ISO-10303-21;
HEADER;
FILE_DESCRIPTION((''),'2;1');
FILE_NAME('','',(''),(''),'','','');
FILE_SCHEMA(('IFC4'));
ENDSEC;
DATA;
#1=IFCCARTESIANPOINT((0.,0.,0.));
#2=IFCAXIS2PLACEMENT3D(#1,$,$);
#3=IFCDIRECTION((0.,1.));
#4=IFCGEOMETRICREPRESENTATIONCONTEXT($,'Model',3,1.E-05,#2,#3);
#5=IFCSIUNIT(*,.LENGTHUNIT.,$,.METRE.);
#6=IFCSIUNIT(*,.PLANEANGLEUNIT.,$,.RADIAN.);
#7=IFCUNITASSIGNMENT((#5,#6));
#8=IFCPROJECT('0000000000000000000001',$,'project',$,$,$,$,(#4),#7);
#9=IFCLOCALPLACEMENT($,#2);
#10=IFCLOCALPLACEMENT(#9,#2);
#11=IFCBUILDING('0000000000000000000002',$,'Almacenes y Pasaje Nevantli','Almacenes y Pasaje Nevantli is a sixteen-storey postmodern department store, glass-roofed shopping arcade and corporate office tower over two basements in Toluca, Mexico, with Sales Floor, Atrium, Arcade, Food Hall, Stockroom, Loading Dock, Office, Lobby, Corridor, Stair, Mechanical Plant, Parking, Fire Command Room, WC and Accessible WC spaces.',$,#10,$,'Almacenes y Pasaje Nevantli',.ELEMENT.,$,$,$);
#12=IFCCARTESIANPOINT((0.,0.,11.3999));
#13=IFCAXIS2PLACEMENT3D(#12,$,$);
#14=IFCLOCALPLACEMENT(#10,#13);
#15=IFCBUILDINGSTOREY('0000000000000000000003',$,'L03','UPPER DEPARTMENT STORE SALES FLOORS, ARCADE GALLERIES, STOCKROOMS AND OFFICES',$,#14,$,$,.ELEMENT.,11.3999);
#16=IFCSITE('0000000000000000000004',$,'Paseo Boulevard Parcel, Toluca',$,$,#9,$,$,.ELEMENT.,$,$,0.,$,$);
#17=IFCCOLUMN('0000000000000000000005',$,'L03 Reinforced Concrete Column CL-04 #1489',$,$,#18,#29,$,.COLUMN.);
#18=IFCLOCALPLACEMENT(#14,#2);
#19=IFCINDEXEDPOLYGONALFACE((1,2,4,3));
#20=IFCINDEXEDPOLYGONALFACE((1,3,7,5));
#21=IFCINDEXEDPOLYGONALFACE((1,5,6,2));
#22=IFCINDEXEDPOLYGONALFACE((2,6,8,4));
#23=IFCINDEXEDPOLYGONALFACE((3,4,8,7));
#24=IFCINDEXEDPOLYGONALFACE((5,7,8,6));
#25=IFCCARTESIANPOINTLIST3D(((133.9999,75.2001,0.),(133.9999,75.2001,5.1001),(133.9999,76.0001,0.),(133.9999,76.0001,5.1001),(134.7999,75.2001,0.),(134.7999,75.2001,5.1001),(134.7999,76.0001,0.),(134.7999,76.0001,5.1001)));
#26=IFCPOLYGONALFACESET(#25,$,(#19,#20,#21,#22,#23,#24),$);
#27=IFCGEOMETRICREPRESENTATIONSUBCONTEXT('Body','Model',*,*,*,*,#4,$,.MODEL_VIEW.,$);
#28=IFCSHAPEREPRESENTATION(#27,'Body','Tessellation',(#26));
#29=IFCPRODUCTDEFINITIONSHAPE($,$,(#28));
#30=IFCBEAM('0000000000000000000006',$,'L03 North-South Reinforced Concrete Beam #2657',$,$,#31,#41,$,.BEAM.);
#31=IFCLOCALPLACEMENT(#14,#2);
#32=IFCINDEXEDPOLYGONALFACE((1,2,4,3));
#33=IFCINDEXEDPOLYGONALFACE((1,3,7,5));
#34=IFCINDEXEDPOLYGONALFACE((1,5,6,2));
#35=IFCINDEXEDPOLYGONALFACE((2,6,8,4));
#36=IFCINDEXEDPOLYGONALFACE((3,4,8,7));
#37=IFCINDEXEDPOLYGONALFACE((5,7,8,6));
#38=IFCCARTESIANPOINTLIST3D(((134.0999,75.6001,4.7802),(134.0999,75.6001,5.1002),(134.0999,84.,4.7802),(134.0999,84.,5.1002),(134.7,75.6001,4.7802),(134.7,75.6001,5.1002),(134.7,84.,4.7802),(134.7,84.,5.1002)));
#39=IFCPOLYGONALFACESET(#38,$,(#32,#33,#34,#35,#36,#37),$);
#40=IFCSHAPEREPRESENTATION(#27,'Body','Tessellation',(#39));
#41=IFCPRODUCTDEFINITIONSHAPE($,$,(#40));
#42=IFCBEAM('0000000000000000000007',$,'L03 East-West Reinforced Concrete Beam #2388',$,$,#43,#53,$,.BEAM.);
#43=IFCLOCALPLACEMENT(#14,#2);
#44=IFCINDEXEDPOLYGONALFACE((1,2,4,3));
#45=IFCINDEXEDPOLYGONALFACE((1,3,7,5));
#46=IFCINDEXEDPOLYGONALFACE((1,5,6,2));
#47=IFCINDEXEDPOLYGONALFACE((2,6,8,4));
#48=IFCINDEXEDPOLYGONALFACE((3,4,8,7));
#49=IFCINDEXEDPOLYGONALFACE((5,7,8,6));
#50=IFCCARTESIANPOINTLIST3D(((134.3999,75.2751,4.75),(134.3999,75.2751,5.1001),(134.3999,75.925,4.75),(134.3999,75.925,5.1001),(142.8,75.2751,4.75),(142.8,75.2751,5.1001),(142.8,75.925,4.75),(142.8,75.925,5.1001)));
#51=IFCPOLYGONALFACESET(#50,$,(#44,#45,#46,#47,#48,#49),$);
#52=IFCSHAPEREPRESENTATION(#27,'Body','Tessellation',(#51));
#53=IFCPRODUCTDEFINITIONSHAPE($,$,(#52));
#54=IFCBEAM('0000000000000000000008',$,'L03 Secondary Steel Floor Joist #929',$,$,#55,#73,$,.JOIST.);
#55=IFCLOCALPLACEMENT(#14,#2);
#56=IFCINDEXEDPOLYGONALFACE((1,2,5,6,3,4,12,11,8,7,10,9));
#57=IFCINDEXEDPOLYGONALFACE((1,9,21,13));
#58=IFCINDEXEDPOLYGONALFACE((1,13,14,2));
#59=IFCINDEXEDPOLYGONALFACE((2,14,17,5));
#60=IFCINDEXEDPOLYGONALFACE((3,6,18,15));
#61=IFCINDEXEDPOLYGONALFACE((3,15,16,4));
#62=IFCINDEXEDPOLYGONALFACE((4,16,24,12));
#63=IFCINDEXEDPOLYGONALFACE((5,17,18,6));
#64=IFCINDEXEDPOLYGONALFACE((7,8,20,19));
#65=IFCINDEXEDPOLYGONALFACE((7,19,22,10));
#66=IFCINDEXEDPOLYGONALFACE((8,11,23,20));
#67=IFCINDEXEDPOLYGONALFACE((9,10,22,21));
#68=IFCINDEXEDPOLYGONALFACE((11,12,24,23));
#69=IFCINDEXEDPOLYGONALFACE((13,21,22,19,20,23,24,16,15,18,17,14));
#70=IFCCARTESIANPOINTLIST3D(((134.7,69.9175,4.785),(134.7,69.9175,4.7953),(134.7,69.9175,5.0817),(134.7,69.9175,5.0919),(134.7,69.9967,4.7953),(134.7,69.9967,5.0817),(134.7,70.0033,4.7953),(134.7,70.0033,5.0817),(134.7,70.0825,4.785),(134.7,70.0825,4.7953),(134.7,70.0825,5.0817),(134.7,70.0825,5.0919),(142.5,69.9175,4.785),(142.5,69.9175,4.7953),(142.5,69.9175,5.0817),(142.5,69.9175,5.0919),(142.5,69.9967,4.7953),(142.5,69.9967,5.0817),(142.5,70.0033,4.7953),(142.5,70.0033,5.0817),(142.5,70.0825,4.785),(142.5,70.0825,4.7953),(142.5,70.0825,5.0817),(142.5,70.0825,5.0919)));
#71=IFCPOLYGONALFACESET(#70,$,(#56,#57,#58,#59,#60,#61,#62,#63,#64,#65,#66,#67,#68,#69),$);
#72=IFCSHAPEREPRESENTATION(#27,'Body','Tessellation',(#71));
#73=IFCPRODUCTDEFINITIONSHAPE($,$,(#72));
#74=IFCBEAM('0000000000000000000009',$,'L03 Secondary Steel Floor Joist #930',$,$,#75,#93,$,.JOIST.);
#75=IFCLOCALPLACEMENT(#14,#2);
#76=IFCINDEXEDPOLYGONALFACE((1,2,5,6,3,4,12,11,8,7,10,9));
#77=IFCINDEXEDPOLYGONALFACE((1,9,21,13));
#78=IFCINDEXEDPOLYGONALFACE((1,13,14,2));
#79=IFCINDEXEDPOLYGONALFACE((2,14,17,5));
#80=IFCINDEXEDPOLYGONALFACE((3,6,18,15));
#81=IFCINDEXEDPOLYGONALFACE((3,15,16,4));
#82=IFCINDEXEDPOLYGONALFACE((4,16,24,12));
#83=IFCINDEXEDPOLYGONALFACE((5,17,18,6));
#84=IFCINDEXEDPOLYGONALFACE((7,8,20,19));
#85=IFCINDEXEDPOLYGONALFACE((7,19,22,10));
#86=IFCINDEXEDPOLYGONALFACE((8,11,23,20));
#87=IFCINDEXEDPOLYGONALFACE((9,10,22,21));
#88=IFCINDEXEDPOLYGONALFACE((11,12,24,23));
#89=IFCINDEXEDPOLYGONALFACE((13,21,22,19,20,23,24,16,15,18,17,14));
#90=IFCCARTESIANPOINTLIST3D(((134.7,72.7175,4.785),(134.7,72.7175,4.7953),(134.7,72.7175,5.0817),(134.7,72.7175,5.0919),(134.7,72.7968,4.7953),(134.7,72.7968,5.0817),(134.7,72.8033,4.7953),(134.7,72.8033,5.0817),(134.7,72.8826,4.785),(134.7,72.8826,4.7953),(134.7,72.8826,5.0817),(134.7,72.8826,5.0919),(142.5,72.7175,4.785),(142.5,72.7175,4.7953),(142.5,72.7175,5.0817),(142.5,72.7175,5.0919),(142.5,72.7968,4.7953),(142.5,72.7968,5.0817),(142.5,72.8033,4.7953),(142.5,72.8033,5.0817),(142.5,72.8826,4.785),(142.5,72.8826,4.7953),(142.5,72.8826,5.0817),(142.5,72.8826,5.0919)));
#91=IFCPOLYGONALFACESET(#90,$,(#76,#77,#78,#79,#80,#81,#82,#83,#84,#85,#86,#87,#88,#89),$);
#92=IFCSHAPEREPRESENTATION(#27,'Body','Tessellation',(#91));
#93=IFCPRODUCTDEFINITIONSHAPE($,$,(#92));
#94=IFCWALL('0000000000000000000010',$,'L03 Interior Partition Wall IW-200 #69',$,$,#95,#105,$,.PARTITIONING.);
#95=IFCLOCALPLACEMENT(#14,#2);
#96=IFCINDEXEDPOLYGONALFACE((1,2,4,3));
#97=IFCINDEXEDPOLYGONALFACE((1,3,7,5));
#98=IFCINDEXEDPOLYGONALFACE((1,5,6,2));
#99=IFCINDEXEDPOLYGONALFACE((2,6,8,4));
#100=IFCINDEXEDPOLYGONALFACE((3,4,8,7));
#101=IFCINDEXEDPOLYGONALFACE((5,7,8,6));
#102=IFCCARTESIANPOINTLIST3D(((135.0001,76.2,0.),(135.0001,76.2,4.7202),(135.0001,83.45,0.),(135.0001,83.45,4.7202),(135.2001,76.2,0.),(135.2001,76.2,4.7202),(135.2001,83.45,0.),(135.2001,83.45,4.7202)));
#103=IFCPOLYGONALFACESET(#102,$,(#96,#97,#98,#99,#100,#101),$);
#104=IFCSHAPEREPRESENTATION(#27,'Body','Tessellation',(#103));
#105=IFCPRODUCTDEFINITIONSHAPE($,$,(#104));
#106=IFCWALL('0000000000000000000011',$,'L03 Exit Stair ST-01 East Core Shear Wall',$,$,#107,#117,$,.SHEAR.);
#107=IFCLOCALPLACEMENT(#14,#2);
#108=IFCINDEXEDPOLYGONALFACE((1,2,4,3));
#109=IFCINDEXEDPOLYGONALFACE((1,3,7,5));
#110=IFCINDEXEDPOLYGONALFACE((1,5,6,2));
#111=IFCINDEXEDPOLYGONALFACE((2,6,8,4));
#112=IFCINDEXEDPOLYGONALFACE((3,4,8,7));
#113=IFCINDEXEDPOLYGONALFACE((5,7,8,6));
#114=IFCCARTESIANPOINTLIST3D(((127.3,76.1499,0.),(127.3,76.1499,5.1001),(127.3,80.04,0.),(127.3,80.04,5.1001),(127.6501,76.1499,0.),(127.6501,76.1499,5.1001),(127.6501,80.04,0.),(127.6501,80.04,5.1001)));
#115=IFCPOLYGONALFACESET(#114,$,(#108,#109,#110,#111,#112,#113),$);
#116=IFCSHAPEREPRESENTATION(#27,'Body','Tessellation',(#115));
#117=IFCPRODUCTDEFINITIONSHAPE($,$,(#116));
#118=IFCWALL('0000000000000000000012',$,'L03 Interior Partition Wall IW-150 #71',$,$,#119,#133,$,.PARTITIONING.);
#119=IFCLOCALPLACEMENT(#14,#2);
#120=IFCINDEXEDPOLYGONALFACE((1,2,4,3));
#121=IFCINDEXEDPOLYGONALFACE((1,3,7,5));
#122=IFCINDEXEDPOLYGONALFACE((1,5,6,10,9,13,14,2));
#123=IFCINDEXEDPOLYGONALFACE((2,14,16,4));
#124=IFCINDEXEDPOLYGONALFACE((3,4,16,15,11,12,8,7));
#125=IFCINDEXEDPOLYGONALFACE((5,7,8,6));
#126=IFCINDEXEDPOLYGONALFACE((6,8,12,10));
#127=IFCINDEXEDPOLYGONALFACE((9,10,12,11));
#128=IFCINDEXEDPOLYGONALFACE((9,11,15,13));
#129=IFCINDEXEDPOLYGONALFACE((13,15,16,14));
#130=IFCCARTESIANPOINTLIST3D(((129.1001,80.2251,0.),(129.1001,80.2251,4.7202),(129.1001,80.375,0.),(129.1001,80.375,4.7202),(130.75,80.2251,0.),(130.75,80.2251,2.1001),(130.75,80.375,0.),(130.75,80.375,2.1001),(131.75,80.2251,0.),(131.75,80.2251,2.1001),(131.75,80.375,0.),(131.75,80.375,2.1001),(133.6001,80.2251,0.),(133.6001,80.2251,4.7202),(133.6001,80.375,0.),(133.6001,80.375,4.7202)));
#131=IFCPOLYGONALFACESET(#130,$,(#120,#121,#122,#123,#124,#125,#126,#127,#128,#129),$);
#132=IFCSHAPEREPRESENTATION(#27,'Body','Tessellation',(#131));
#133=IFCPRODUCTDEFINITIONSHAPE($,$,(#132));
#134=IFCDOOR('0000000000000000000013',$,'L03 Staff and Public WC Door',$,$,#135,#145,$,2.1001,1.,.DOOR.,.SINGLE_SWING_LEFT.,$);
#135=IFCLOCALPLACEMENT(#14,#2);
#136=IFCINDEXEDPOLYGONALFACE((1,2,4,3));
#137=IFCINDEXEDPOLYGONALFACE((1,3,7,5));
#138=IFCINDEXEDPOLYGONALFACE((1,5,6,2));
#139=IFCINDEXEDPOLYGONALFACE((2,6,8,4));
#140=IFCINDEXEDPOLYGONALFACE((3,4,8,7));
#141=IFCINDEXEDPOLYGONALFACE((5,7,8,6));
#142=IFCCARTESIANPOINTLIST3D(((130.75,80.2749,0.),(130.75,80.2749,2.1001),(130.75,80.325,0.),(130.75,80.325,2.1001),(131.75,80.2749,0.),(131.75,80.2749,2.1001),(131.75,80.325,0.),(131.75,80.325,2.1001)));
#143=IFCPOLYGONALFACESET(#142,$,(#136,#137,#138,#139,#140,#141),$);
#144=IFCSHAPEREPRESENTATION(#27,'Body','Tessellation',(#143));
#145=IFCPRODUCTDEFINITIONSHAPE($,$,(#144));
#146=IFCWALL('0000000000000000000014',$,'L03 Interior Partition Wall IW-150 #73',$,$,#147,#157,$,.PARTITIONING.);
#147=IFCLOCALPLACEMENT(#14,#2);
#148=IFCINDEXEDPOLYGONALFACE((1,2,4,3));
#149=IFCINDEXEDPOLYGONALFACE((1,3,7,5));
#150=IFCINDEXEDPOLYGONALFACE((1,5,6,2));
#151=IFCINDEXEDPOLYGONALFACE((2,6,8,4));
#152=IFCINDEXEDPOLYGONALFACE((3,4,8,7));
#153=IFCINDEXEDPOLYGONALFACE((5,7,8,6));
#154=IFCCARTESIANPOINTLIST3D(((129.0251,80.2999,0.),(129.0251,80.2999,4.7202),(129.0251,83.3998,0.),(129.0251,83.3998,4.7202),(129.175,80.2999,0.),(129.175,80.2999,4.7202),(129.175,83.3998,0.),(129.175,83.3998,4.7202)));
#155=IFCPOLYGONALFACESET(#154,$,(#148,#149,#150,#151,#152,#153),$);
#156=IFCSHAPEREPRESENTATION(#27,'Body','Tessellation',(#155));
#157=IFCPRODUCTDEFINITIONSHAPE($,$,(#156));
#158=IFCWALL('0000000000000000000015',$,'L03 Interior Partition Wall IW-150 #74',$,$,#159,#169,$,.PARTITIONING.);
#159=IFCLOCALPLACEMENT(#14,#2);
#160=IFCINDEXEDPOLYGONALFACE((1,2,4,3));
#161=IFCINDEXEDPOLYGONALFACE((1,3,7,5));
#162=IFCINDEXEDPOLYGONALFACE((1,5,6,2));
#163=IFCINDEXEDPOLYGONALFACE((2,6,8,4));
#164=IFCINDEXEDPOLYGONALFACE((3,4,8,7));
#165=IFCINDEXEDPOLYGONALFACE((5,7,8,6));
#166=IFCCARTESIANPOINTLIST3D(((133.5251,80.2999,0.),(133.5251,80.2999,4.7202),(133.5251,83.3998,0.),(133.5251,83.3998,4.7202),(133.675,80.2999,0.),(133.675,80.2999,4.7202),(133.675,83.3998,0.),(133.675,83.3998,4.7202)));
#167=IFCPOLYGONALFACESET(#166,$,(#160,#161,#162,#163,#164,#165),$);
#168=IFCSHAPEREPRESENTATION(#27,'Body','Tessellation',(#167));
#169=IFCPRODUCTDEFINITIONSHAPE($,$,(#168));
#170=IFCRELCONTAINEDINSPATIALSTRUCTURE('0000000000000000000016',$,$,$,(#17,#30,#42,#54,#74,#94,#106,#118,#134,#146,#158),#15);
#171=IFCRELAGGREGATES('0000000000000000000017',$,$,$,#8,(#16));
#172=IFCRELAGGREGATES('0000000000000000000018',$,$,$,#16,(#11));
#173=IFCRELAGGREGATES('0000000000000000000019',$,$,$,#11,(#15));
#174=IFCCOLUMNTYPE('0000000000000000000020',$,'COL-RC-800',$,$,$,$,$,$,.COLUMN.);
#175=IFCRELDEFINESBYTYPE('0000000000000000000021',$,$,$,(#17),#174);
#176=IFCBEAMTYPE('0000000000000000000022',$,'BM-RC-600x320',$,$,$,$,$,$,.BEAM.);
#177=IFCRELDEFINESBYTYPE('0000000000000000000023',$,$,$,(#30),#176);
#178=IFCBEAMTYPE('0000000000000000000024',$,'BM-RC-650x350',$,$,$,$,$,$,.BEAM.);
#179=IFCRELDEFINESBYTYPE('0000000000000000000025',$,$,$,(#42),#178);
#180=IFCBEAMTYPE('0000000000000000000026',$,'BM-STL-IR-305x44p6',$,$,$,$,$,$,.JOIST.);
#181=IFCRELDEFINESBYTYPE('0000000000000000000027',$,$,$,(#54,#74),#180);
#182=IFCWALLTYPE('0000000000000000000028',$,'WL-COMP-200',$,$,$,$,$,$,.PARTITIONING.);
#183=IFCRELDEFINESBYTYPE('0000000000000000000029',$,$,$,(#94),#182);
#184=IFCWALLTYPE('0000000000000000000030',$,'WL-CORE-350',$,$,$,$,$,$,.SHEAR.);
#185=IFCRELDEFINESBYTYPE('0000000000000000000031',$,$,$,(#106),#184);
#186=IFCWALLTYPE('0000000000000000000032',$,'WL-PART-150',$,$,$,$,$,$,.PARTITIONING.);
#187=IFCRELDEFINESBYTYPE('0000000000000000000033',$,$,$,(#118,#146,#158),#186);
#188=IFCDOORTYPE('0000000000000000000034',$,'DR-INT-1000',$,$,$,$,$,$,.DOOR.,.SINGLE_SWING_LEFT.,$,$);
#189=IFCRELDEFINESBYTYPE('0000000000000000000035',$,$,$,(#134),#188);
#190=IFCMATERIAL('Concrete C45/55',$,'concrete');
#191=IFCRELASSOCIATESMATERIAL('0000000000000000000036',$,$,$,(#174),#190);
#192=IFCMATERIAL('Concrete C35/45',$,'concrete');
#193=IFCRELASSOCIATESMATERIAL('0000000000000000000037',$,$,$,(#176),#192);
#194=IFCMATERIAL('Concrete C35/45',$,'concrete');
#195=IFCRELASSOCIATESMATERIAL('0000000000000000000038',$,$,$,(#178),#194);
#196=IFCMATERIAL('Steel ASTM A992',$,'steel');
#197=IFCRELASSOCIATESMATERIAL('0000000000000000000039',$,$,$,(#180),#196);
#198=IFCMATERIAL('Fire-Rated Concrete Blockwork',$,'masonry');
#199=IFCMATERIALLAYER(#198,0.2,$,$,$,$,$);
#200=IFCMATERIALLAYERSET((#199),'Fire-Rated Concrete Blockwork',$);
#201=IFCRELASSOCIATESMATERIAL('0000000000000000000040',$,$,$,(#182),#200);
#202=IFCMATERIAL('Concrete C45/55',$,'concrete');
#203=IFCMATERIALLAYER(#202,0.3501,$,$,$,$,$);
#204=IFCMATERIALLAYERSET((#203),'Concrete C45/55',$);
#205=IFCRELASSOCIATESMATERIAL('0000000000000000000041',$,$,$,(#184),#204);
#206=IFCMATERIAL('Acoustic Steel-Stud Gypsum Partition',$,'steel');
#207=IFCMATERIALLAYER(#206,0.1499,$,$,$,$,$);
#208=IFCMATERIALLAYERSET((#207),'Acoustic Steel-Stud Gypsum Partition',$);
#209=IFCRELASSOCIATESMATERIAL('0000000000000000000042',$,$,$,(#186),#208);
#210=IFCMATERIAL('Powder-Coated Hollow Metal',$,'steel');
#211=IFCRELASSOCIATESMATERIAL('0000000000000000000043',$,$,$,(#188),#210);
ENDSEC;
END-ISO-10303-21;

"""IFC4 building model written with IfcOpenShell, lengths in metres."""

from ifc_helpers import new_model, si_unit, direction, frame, frame_2d, origin, origin_2d, place, context, subcontext, project, spatial, rectangle, i_section, extrude, material, layer, layer_set, material_profile, profile_set, type_object, element, fill, save


model = new_model("IFC4")

# Units and contexts
model_context = context("Model", 3, precision=1e-05, world=origin(), true_north=direction((0.0, 1.0)))
body_context = subcontext(model_context, "Body", "Model", "MODEL_VIEW")
ifc_project = project(units=[si_unit("LENGTHUNIT", "METRE"), si_unit("PLANEANGLEUNIT", "RADIAN")], contexts=[model_context])

# Site, building, storey
site_placement = place(None, origin())
site = spatial("IfcSite", under=ifc_project, at=site_placement, Name="Paseo Boulevard Parcel, Toluca", CompositionType="ELEMENT", RefElevation=0.0)
building_placement = place(site_placement, origin())
building = spatial("IfcBuilding", under=site, at=building_placement, Name="Almacenes y Pasaje Nevantli", Description="Almacenes y Pasaje Nevantli is a sixteen-storey postmodern department store, glass-roofed shopping arcade and corporate office tower over two basements in Toluca, Mexico, with Sales Floor, Atrium, Arcade, Food Hall, Stockroom, Loading Dock, Office, Lobby, Corridor, Stair, Mechanical Plant, Parking, Fire Command Room, WC and Accessible WC spaces.", LongName="Almacenes y Pasaje Nevantli", CompositionType="ELEMENT")
storey_placement = place(building_placement, frame((0.0, 0.0, 11.3999)))
storey = spatial("IfcBuildingStorey", under=building, at=storey_placement, Name="L03", Description="UPPER DEPARTMENT STORE SALES FLOORS, ARCADE GALLERIES, STOCKROOMS AND OFFICES", CompositionType="ELEMENT", Elevation=11.3999)

# Column
ifc_material_1 = material(Name="Concrete C45/55", Category="concrete")
ifc_material_profile_1 = material_profile(ifc_material_1, rectangle(XDim=0.8, YDim=0.8, at=origin_2d()), Name="RC-COL-800x800")
ifc_profile_set_1 = profile_set([ifc_material_profile_1], Name="Concrete C45/55")
column_type = type_object("IfcColumnType", Name="COL-RC-800", PredefinedType="COLUMN", material=ifc_profile_set_1)
column_placement = place(storey_placement, frame((134.3999, 75.6001, 0.0), z_axis=(0.0, 0.0, 1.0), x_axis=(1.0, 0.0, 0.0)))
element("IfcColumn", 1, at=column_placement, inside=storey, type_object=column_type, Name="L03 Reinforced Concrete Column CL-04 #1489", PredefinedType="COLUMN", context=body_context, shape_type="SweptSolid", body=[
    extrude(rectangle(XDim=0.8, YDim=0.8, at=origin_2d()), origin(), (0.0, 0.0, 1.0), 5.1001),
])

# Beams
ifc_material_2 = material(Name="Concrete C35/45", Category="concrete")
ifc_material_profile_2 = material_profile(ifc_material_2, rectangle(XDim=0.6001, YDim=0.3201, at=origin_2d()), Name="RC-BM-600x320")
ifc_profile_set_2 = profile_set([ifc_material_profile_2], Name="Concrete C35/45")
beam_type_1 = type_object("IfcBeamType", Name="BM-RC-600x320", PredefinedType="BEAM", material=ifc_profile_set_2)
beam_1_placement = place(storey_placement, frame((134.3999, 75.6001, 4.9402), z_axis=(0.0, 1.0, 0.0), x_axis=(-1.0, 0.0, 0.0)))
element("IfcBeam", 2, at=beam_1_placement, inside=storey, type_object=beam_type_1, Name="L03 North-South Reinforced Concrete Beam #2657", PredefinedType="BEAM", context=body_context, shape_type="SweptSolid", body=[
    extrude(rectangle(XDim=0.6001, YDim=0.3201, at=origin_2d()), origin(), (0.0, 0.0, 1.0), 8.3999),
])
ifc_material_3 = material(Name="Concrete C35/45", Category="concrete")
ifc_material_profile_3 = material_profile(ifc_material_3, rectangle(XDim=0.6499, YDim=0.3501, at=origin_2d()), Name="RC-BM-650x350")
ifc_profile_set_3 = profile_set([ifc_material_profile_3], Name="Concrete C35/45")
beam_type_2 = type_object("IfcBeamType", Name="BM-RC-650x350", PredefinedType="BEAM", material=ifc_profile_set_3)
beam_2_placement = place(storey_placement, frame((134.3999, 75.6001, 4.925), z_axis=(1.0, 0.0, 0.0), x_axis=(0.0, 1.0, 0.0)))
element("IfcBeam", 3, at=beam_2_placement, inside=storey, type_object=beam_type_2, Name="L03 East-West Reinforced Concrete Beam #2388", PredefinedType="BEAM", context=body_context, shape_type="SweptSolid", body=[
    extrude(rectangle(XDim=0.6499, YDim=0.3501, at=origin_2d()), origin(), (0.0, 0.0, 1.0), 8.4001),
])
ifc_material_4 = material(Name="Steel ASTM A992", Category="steel")
ifc_material_profile_4 = material_profile(ifc_material_4, i_section(OverallWidth=0.165, OverallDepth=0.3069, WebThickness=0.0066, FlangeThickness=0.0103, at=origin_2d()), Name="IR 305x44.6")
ifc_profile_set_4 = profile_set([ifc_material_profile_4], Name="Steel ASTM A992")
beam_type_3 = type_object("IfcBeamType", Name="BM-STL-IR-305x44p6", PredefinedType="JOIST", material=ifc_profile_set_4)
for number, where, z_axis, x_axis, name in (
    (4, (134.7, 70.0, 4.9385), (1.0, 0.0, 0.0), (0.0, 1.0, 0.0), "L03 Secondary Steel Floor Joist #929"),
    (5, (134.7, 72.8, 4.9385), (1.0, 0.0, 0.0), (0.0, 1.0, 0.0), "L03 Secondary Steel Floor Joist #930"),
):
    element("IfcBeam", number, at=place(storey_placement, frame(where, z_axis=z_axis, x_axis=x_axis)), inside=storey, type_object=beam_type_3, Name=name, PredefinedType="JOIST", context=body_context, shape_type="SweptSolid", body=[
        extrude(i_section(OverallWidth=0.165, OverallDepth=0.3069, WebThickness=0.0066, FlangeThickness=0.0103, at=origin_2d()), origin(), (0.0, 0.0, 1.0), 7.8),
    ])

# Walls
ifc_material_5 = material(Name="Fire-Rated Concrete Blockwork", Category="masonry")
ifc_layer_1 = layer(ifc_material_5, 0.2)
ifc_layer_set_1 = layer_set([ifc_layer_1], Name="Fire-Rated Concrete Blockwork")
wall_type_1 = type_object("IfcWallType", Name="WL-COMP-200", PredefinedType="PARTITIONING", material=ifc_layer_set_1)
wall_1_placement = place(storey_placement, frame((135.1001, 76.2, 0.0), z_axis=(0.0, 0.0, 1.0), x_axis=(0.0, 1.0, 0.0)))
element("IfcWall", 6, at=wall_1_placement, inside=storey, type_object=wall_type_1, Name="L03 Interior Partition Wall IW-200 #69", PredefinedType="PARTITIONING", context=body_context, shape_type="SweptSolid", body=[
    extrude(rectangle(XDim=7.25, YDim=0.2, at=frame_2d((3.625, 0.0))), origin(), (0.0, 0.0, 1.0), 4.7202),
])
ifc_material_6 = material(Name="Concrete C45/55", Category="concrete")
ifc_layer_2 = layer(ifc_material_6, 0.3501)
ifc_layer_set_2 = layer_set([ifc_layer_2], Name="Concrete C45/55")
wall_type_2 = type_object("IfcWallType", Name="WL-CORE-350", PredefinedType="SHEAR", material=ifc_layer_set_2)
wall_2_placement = place(storey_placement, frame((127.4751, 76.1499, 0.0), z_axis=(0.0, 0.0, 1.0), x_axis=(0.0, 1.0, 0.0)))
element("IfcWall", 7, at=wall_2_placement, inside=storey, type_object=wall_type_2, Name="L03 Exit Stair ST-01 East Core Shear Wall", PredefinedType="SHEAR", context=body_context, shape_type="SweptSolid", body=[
    extrude(rectangle(XDim=3.8901, YDim=0.3501, at=frame_2d((1.9451, 0.0))), origin(), (0.0, 0.0, 1.0), 5.1001),
])

# Wall, opening, door
ifc_material_7 = material(Name="Acoustic Steel-Stud Gypsum Partition", Category="steel")
ifc_layer_3 = layer(ifc_material_7, 0.1499)
ifc_layer_set_3 = layer_set([ifc_layer_3], Name="Acoustic Steel-Stud Gypsum Partition")
wall_type_3 = type_object("IfcWallType", Name="WL-PART-150", PredefinedType="PARTITIONING", material=ifc_layer_set_3)
wall_3_placement = place(storey_placement, frame((129.1001, 80.3, 0.0), z_axis=(0.0, 0.0, 1.0), x_axis=(1.0, 0.0, 0.0)))
wall_3 = element("IfcWall", 8, at=wall_3_placement, inside=storey, type_object=wall_type_3, Name="L03 Interior Partition Wall IW-150 #71", PredefinedType="PARTITIONING", context=body_context, shape_type="SweptSolid", body=[
    extrude(rectangle(XDim=4.5, YDim=0.1499, at=frame_2d((2.25, 0.0))), origin(), (0.0, 0.0, 1.0), 4.7202),
])
opening_placement = place(wall_3_placement, frame((1.6499, 0.0, 0.0)))
opening = element("IfcOpeningElement", 9, at=opening_placement, cuts=wall_3, PredefinedType="OPENING", context=body_context, shape_type="SweptSolid", body=[
    extrude(rectangle(XDim=1.0, YDim=2.1001, at=frame_2d((0.5, 1.05))), frame((0.0, 0.085, 0.0), z_axis=(0.0, -1.0, 0.0), x_axis=(1.0, 0.0, 0.0)), (0.0, 0.0, 1.0), 0.1699),
])
ifc_material_8 = material(Name="Powder-Coated Hollow Metal", Category="steel")
door_type = type_object("IfcDoorType", Name="DR-INT-1000", OperationType="SINGLE_SWING_LEFT", PredefinedType="DOOR", material=ifc_material_8)
door_placement = place(opening_placement, origin())
door = element("IfcDoor", 10, at=door_placement, inside=storey, type_object=door_type, Name="L03 Staff and Public WC Door", OperationType="SINGLE_SWING_LEFT", OverallHeight=2.1001, OverallWidth=1.0, PredefinedType="DOOR", context=body_context, shape_type="SweptSolid", body=[
    extrude(rectangle(XDim=1.0, YDim=2.1001, at=frame_2d((0.5, 1.05))), frame((0.0, 0.0249, 0.0), z_axis=(0.0, -1.0, 0.0), x_axis=(1.0, 0.0, 0.0)), (0.0, 0.0, 1.0), 0.05),
])
fill(opening, door)

# Walls
for number, where, z_axis, x_axis, name in (
    (11, (129.1001, 80.3, 0.0), (0.0, 0.0, 1.0), (0.0, 1.0, 0.0), "L03 Interior Partition Wall IW-150 #73"),
    (12, (133.6001, 80.3, 0.0), (0.0, 0.0, 1.0), (0.0, 1.0, 0.0), "L03 Interior Partition Wall IW-150 #74"),
):
    element("IfcWall", number, at=place(storey_placement, frame(where, z_axis=z_axis, x_axis=x_axis)), inside=storey, type_object=wall_type_3, Name=name, PredefinedType="PARTITIONING", context=body_context, shape_type="SweptSolid", body=[
        extrude(rectangle(XDim=3.0999, YDim=0.1499, at=frame_2d((1.5498, 0.0))), origin(), (0.0, 0.0, 1.0), 4.7202),
    ])

save(model, "model.ifc")
